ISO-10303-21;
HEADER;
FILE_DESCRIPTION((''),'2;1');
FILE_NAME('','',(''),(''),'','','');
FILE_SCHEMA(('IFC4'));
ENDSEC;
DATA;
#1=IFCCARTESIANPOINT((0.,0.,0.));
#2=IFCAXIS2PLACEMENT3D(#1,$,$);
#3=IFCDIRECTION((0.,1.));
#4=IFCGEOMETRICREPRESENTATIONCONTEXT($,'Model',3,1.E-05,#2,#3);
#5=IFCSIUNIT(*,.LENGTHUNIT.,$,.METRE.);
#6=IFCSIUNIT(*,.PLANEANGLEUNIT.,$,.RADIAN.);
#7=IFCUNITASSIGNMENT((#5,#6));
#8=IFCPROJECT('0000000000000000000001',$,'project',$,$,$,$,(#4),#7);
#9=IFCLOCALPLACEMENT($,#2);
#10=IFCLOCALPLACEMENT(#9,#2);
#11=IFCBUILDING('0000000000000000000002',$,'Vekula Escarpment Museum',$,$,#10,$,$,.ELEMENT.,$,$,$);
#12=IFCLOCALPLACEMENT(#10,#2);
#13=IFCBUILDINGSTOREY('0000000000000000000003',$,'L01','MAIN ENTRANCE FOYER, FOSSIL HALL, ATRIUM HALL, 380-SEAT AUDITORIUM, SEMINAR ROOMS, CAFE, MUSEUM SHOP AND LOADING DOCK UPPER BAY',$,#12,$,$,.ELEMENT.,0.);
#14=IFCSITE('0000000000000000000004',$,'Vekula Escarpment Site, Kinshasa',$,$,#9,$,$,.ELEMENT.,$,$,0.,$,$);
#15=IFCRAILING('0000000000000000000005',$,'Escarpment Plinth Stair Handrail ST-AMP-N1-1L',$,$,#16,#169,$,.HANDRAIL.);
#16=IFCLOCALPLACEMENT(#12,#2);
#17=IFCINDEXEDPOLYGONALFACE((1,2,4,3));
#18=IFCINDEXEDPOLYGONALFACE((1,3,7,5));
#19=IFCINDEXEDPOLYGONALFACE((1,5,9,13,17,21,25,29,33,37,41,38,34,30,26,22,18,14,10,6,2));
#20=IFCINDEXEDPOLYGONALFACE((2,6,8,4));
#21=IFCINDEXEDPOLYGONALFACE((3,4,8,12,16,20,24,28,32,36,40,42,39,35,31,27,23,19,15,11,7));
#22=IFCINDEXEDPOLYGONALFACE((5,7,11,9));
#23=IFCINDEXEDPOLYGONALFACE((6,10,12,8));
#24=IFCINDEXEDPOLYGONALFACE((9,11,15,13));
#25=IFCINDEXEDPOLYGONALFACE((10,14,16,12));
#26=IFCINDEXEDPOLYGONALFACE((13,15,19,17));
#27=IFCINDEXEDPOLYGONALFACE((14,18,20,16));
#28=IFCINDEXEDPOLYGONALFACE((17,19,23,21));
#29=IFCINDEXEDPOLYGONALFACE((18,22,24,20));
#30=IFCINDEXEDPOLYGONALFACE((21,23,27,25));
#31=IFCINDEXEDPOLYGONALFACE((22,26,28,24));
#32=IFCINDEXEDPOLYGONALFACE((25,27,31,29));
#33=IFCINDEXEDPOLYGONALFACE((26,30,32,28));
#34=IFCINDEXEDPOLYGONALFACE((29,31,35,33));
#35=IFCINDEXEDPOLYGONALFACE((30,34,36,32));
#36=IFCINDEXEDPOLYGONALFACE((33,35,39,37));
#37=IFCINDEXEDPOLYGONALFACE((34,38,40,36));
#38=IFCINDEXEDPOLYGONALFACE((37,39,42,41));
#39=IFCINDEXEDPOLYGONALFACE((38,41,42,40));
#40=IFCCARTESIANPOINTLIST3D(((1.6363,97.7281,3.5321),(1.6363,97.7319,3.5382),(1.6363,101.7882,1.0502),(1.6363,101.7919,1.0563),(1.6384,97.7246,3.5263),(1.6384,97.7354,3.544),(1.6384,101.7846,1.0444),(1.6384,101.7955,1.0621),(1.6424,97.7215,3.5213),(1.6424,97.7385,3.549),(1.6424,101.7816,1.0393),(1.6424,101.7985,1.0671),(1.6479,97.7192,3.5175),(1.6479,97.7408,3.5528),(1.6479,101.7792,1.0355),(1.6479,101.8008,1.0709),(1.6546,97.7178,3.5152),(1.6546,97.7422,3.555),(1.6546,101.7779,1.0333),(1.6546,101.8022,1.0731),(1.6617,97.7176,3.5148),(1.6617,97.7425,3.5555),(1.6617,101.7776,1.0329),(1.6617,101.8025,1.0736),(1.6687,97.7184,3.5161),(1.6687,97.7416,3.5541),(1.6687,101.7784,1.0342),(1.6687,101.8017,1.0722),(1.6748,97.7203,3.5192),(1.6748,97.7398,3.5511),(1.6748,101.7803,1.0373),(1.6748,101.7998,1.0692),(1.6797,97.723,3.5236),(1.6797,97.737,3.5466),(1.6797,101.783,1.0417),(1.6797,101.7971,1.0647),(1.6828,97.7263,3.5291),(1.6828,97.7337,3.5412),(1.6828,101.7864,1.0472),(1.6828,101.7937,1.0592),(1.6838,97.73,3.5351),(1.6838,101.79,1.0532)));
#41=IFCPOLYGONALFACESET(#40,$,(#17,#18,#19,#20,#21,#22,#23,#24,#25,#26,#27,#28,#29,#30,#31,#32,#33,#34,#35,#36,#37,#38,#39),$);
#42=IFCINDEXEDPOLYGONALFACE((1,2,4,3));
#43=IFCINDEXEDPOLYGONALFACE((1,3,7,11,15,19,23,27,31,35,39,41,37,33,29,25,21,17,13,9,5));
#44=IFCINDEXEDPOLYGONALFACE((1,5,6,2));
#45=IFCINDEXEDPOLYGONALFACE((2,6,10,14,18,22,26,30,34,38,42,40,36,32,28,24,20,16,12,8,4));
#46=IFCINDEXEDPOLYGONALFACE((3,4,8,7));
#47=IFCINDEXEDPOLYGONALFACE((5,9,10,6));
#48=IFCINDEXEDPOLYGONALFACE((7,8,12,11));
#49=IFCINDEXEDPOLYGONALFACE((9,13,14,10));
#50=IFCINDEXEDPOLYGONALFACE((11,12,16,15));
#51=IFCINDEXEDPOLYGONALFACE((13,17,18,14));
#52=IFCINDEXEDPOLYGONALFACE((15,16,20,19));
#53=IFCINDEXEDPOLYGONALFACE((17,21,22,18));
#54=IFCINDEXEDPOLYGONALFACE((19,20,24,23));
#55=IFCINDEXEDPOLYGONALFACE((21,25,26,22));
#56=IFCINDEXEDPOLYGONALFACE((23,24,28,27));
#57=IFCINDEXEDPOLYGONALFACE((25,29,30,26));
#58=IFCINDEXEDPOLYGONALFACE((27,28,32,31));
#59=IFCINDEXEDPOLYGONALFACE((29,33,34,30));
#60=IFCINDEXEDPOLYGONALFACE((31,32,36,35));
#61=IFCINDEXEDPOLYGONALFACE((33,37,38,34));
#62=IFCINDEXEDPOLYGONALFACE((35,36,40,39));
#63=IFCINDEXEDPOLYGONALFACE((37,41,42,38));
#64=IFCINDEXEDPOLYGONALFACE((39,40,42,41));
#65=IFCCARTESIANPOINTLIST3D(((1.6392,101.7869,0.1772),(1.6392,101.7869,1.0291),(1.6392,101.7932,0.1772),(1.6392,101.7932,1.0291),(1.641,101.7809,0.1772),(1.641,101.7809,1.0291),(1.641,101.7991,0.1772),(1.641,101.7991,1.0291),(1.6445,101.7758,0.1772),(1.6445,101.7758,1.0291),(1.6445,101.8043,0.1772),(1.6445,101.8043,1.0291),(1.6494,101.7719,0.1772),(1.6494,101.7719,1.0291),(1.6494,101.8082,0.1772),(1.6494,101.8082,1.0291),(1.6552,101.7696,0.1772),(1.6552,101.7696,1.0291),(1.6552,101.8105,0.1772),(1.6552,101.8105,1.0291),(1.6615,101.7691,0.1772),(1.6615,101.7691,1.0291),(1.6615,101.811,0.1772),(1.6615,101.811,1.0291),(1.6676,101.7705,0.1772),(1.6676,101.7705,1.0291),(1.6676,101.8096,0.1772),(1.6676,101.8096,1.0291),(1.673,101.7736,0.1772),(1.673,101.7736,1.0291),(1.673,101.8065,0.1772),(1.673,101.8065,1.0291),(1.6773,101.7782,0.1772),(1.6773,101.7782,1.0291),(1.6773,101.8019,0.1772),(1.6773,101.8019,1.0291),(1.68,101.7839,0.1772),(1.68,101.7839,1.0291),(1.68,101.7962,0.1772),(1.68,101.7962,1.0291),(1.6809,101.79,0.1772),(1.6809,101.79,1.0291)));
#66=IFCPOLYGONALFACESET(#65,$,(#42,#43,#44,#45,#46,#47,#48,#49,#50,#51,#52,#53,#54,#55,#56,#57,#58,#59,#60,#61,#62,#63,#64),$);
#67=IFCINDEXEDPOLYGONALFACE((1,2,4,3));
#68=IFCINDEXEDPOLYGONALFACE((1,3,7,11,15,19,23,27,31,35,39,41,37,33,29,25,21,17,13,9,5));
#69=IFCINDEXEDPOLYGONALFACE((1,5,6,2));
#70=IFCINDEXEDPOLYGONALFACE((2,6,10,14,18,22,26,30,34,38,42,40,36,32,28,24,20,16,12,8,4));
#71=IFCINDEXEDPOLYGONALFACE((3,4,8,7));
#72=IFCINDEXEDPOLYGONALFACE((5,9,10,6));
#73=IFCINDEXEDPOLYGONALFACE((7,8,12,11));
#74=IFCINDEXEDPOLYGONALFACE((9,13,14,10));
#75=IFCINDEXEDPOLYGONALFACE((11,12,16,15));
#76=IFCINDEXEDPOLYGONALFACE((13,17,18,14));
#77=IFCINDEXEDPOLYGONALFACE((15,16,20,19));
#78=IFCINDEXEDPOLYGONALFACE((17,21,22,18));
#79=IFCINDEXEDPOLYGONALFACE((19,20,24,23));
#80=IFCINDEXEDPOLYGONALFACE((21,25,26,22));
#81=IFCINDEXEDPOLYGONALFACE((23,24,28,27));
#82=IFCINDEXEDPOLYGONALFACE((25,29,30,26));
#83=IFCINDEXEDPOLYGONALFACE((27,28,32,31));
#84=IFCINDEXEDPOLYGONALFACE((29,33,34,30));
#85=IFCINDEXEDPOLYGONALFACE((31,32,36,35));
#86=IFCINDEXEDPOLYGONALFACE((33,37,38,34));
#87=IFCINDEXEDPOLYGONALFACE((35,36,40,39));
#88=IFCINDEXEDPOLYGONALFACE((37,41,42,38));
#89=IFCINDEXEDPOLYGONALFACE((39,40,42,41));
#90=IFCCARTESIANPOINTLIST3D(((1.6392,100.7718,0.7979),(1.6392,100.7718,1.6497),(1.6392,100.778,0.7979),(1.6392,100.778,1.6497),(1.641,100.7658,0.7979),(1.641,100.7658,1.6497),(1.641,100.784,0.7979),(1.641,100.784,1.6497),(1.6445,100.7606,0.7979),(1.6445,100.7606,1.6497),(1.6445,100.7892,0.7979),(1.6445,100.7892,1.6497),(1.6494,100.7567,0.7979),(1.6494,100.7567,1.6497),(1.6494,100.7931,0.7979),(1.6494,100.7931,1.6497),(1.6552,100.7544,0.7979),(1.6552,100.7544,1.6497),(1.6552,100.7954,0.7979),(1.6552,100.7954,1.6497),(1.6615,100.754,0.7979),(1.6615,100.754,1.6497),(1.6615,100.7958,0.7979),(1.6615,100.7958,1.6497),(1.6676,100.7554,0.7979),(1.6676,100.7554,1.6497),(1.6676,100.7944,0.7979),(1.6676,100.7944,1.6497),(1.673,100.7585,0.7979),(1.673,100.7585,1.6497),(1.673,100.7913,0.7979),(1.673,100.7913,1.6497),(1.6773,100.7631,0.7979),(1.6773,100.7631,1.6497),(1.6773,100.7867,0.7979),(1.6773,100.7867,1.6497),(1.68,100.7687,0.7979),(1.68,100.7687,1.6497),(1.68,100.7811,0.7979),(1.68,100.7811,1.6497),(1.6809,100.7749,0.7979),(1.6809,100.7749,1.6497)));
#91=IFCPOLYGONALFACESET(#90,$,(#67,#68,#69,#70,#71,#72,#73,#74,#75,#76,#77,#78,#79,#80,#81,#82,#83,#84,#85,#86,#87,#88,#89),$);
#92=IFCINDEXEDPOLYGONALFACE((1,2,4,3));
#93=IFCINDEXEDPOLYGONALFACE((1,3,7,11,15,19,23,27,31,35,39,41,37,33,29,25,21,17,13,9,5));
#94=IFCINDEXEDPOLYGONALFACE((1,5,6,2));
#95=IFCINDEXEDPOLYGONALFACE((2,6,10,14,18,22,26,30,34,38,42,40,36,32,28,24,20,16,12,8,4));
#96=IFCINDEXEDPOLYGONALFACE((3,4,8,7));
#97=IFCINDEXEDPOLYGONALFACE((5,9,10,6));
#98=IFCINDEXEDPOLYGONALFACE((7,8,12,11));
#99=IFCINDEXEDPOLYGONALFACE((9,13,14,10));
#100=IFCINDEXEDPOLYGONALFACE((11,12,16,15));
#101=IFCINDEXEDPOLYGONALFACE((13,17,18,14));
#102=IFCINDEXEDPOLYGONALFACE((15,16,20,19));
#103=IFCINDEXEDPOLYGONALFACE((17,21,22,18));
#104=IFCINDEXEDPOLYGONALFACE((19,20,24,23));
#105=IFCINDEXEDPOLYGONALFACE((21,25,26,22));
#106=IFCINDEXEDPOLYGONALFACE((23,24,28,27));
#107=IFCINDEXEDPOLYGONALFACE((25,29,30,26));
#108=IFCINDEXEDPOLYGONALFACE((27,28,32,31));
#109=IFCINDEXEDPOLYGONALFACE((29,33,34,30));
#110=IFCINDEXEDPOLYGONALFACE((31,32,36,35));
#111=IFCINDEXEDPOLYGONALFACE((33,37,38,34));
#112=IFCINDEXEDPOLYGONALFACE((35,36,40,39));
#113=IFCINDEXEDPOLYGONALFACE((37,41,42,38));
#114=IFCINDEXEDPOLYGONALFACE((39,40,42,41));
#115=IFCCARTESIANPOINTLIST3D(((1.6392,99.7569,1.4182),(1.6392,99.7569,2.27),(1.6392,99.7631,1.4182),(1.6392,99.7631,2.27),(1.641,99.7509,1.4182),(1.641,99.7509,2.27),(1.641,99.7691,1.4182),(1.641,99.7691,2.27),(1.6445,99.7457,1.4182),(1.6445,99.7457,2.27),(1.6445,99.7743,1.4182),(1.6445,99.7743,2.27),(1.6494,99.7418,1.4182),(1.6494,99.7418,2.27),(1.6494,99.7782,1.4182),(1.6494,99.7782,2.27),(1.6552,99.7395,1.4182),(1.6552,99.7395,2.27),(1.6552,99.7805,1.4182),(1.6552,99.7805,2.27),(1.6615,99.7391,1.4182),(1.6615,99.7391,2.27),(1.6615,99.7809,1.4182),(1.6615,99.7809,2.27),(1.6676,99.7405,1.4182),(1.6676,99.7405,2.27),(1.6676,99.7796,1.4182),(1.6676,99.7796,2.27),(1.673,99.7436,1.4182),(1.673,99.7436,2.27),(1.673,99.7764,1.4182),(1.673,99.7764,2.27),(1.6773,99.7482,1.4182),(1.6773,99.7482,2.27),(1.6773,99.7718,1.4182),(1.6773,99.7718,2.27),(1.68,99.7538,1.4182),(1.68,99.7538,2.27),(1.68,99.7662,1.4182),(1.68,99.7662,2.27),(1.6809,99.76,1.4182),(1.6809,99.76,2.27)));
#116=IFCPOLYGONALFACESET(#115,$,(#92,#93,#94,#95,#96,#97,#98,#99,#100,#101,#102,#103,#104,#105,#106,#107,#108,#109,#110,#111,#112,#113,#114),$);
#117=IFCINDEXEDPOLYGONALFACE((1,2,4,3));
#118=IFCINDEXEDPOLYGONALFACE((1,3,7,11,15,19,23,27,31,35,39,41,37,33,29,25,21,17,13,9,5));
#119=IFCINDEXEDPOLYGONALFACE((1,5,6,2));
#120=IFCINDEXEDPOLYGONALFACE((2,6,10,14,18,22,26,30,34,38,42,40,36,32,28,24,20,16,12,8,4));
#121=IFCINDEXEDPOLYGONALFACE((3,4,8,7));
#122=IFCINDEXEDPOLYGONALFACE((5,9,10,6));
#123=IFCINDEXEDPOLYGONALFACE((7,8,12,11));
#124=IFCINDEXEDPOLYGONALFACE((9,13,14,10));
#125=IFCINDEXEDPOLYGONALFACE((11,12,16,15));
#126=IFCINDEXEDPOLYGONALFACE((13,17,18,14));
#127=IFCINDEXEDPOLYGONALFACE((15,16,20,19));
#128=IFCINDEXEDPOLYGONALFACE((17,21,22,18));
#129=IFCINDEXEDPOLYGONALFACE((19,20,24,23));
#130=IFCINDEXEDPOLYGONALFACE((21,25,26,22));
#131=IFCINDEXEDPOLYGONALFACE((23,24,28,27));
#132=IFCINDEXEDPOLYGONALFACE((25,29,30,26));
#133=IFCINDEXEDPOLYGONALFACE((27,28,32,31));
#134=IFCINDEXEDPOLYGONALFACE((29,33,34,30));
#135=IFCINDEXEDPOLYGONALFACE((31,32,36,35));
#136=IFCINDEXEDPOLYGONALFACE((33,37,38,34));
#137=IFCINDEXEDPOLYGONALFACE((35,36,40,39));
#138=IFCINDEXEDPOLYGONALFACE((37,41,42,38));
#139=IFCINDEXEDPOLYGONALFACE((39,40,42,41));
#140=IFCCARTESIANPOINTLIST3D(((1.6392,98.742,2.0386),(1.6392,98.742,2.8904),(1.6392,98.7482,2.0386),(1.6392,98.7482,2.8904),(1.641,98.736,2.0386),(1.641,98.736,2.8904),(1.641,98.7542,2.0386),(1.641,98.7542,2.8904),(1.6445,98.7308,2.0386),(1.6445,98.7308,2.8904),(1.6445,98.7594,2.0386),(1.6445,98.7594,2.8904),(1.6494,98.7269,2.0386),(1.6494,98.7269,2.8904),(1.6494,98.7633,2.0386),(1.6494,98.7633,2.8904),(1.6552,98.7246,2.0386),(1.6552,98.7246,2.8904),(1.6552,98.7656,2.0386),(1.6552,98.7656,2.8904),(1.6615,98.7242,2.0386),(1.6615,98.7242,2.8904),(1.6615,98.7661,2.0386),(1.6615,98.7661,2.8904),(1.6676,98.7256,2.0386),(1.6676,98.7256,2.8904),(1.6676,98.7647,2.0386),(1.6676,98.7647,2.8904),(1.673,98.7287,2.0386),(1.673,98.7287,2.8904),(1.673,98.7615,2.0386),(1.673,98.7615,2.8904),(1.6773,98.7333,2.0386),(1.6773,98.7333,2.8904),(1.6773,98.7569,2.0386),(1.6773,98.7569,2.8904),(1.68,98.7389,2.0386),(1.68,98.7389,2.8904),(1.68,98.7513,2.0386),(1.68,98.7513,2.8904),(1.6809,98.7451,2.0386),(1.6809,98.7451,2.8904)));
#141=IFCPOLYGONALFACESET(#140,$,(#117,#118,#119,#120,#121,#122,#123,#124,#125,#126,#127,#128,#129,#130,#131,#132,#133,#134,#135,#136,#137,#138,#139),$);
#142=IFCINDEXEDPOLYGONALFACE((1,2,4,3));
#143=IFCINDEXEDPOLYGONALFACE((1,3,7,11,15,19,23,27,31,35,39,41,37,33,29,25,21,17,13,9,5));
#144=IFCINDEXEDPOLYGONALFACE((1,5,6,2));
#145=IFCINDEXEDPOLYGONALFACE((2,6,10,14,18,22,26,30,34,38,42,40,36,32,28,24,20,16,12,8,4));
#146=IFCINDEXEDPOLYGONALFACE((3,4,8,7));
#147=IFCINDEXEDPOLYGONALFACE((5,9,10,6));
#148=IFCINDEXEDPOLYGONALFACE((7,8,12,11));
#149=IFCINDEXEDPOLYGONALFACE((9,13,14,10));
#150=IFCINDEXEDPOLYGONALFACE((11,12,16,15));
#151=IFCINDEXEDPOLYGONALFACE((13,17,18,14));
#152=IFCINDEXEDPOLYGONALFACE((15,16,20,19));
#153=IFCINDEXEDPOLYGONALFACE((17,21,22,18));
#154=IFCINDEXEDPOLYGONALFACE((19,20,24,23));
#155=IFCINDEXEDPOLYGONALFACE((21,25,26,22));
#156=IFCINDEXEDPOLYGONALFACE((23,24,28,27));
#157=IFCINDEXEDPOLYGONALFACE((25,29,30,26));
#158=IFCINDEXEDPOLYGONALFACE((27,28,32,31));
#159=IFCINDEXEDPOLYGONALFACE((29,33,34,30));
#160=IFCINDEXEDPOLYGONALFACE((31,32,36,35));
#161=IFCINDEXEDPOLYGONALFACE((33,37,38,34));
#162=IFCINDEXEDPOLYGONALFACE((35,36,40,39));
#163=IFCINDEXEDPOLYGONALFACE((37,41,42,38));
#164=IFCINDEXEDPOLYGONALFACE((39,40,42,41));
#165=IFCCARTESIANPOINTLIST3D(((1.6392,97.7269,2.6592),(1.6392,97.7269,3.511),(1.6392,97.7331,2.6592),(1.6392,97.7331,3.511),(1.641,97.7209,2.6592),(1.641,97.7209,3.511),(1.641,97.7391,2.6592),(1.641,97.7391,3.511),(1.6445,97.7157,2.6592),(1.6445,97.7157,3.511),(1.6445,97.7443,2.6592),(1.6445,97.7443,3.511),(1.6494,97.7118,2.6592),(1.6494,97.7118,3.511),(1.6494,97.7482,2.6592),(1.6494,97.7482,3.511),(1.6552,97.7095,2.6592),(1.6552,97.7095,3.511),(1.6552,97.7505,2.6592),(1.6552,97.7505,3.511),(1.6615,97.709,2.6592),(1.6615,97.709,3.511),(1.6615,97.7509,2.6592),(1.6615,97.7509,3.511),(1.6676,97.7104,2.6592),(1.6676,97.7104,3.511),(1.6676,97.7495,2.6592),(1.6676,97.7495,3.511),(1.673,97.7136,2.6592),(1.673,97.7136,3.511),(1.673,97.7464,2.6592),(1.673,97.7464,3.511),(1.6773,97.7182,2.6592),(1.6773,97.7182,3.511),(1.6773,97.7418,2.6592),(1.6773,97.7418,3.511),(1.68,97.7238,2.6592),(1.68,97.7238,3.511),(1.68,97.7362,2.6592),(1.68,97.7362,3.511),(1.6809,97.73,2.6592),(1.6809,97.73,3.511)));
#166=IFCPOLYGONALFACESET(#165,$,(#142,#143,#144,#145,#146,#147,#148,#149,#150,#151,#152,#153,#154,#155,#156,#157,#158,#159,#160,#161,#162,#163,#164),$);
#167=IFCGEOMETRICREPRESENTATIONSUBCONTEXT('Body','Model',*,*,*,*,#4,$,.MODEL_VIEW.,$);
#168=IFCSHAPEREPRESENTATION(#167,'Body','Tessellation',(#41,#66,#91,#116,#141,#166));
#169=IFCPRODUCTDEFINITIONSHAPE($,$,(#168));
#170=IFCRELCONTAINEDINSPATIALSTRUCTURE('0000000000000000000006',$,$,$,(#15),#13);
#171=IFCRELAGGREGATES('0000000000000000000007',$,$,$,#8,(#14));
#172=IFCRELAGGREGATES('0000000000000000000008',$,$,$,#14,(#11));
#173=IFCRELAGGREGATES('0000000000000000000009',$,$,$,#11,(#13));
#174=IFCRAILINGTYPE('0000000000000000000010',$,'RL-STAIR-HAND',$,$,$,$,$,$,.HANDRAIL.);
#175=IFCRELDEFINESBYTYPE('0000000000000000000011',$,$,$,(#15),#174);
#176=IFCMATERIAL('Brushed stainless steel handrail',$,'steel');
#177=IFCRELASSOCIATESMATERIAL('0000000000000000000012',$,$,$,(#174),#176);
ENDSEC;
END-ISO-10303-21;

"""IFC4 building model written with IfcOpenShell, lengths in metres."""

from ifc_helpers import new_model, si_unit, direction, frame, origin, origin_2d, place, context, subcontext, project, spatial, circle, extrude, material, type_object, element, save


model = new_model("IFC4")

# Units and contexts
model_context = context("Model", 3, precision=1e-05, world=origin(), true_north=direction((0.0, 1.0)))
body_context = subcontext(model_context, "Body", "Model", "MODEL_VIEW")
ifc_project = project(units=[si_unit("LENGTHUNIT", "METRE"), si_unit("PLANEANGLEUNIT", "RADIAN")], contexts=[model_context])

# Site, building, storey
site_placement = place(None, origin())
site = spatial("IfcSite", under=ifc_project, at=site_placement, Name="Vekula Escarpment Site, Kinshasa", CompositionType="ELEMENT", RefElevation=0.0)
building_placement = place(site_placement, origin())
building = spatial("IfcBuilding", under=site, at=building_placement, Name="Vekula Escarpment Museum", CompositionType="ELEMENT")
storey_placement = place(building_placement, origin())
storey = spatial("IfcBuildingStorey", under=building, at=storey_placement, Name="L01", Description="MAIN ENTRANCE FOYER, FOSSIL HALL, ATRIUM HALL, 380-SEAT AUDITORIUM, SEMINAR ROOMS, CAFE, MUSEUM SHOP AND LOADING DOCK UPPER BAY", CompositionType="ELEMENT", Elevation=0.0)

# Railing
ifc_material_1 = material(Name="Brushed stainless steel handrail", Category="steel")
railing_type_1 = type_object("IfcRailingType", Name="RL-STAIR-HAND", PredefinedType="HANDRAIL", material=ifc_material_1)
for number, where, name in (
    (1, (1.6599, 101.79, 0.1772), "Escarpment Plinth Stair Handrail ST-AMP-N1-1L"),
):
    element("IfcRailing", number, at=place(storey_placement, frame(where)), inside=storey, type_object=railing_type_1, Name=name, PredefinedType="HANDRAIL", context=body_context, shape_type="SweptSolid", body=[
        extrude(circle(Radius=0.0239, at=origin_2d()), frame((0.0, 0.0, 0.876), z_axis=(0.0, -0.853208, 0.52157), x_axis=(1.0, 0.0, 0.0)), (0.0, 0.0, 1.0), 4.7585),
        extrude(circle(Radius=0.021, at=origin_2d()), origin(), (0.0, 0.0, 1.0), 0.8518),
        extrude(circle(Radius=0.021, at=origin_2d()), frame((0.0, -1.0151, 0.6206)), (0.0, 0.0, 1.0), 0.8518),
        extrude(circle(Radius=0.021, at=origin_2d()), frame((0.0, -2.03, 1.241)), (0.0, 0.0, 1.0), 0.8518),
        extrude(circle(Radius=0.021, at=origin_2d()), frame((0.0, -3.0449, 1.8613)), (0.0, 0.0, 1.0), 0.8518),
        extrude(circle(Radius=0.021, at=origin_2d()), frame((0.0, -4.0601, 2.4819)), (0.0, 0.0, 1.0), 0.8518),
    ])

save(model, "model.ifc")
